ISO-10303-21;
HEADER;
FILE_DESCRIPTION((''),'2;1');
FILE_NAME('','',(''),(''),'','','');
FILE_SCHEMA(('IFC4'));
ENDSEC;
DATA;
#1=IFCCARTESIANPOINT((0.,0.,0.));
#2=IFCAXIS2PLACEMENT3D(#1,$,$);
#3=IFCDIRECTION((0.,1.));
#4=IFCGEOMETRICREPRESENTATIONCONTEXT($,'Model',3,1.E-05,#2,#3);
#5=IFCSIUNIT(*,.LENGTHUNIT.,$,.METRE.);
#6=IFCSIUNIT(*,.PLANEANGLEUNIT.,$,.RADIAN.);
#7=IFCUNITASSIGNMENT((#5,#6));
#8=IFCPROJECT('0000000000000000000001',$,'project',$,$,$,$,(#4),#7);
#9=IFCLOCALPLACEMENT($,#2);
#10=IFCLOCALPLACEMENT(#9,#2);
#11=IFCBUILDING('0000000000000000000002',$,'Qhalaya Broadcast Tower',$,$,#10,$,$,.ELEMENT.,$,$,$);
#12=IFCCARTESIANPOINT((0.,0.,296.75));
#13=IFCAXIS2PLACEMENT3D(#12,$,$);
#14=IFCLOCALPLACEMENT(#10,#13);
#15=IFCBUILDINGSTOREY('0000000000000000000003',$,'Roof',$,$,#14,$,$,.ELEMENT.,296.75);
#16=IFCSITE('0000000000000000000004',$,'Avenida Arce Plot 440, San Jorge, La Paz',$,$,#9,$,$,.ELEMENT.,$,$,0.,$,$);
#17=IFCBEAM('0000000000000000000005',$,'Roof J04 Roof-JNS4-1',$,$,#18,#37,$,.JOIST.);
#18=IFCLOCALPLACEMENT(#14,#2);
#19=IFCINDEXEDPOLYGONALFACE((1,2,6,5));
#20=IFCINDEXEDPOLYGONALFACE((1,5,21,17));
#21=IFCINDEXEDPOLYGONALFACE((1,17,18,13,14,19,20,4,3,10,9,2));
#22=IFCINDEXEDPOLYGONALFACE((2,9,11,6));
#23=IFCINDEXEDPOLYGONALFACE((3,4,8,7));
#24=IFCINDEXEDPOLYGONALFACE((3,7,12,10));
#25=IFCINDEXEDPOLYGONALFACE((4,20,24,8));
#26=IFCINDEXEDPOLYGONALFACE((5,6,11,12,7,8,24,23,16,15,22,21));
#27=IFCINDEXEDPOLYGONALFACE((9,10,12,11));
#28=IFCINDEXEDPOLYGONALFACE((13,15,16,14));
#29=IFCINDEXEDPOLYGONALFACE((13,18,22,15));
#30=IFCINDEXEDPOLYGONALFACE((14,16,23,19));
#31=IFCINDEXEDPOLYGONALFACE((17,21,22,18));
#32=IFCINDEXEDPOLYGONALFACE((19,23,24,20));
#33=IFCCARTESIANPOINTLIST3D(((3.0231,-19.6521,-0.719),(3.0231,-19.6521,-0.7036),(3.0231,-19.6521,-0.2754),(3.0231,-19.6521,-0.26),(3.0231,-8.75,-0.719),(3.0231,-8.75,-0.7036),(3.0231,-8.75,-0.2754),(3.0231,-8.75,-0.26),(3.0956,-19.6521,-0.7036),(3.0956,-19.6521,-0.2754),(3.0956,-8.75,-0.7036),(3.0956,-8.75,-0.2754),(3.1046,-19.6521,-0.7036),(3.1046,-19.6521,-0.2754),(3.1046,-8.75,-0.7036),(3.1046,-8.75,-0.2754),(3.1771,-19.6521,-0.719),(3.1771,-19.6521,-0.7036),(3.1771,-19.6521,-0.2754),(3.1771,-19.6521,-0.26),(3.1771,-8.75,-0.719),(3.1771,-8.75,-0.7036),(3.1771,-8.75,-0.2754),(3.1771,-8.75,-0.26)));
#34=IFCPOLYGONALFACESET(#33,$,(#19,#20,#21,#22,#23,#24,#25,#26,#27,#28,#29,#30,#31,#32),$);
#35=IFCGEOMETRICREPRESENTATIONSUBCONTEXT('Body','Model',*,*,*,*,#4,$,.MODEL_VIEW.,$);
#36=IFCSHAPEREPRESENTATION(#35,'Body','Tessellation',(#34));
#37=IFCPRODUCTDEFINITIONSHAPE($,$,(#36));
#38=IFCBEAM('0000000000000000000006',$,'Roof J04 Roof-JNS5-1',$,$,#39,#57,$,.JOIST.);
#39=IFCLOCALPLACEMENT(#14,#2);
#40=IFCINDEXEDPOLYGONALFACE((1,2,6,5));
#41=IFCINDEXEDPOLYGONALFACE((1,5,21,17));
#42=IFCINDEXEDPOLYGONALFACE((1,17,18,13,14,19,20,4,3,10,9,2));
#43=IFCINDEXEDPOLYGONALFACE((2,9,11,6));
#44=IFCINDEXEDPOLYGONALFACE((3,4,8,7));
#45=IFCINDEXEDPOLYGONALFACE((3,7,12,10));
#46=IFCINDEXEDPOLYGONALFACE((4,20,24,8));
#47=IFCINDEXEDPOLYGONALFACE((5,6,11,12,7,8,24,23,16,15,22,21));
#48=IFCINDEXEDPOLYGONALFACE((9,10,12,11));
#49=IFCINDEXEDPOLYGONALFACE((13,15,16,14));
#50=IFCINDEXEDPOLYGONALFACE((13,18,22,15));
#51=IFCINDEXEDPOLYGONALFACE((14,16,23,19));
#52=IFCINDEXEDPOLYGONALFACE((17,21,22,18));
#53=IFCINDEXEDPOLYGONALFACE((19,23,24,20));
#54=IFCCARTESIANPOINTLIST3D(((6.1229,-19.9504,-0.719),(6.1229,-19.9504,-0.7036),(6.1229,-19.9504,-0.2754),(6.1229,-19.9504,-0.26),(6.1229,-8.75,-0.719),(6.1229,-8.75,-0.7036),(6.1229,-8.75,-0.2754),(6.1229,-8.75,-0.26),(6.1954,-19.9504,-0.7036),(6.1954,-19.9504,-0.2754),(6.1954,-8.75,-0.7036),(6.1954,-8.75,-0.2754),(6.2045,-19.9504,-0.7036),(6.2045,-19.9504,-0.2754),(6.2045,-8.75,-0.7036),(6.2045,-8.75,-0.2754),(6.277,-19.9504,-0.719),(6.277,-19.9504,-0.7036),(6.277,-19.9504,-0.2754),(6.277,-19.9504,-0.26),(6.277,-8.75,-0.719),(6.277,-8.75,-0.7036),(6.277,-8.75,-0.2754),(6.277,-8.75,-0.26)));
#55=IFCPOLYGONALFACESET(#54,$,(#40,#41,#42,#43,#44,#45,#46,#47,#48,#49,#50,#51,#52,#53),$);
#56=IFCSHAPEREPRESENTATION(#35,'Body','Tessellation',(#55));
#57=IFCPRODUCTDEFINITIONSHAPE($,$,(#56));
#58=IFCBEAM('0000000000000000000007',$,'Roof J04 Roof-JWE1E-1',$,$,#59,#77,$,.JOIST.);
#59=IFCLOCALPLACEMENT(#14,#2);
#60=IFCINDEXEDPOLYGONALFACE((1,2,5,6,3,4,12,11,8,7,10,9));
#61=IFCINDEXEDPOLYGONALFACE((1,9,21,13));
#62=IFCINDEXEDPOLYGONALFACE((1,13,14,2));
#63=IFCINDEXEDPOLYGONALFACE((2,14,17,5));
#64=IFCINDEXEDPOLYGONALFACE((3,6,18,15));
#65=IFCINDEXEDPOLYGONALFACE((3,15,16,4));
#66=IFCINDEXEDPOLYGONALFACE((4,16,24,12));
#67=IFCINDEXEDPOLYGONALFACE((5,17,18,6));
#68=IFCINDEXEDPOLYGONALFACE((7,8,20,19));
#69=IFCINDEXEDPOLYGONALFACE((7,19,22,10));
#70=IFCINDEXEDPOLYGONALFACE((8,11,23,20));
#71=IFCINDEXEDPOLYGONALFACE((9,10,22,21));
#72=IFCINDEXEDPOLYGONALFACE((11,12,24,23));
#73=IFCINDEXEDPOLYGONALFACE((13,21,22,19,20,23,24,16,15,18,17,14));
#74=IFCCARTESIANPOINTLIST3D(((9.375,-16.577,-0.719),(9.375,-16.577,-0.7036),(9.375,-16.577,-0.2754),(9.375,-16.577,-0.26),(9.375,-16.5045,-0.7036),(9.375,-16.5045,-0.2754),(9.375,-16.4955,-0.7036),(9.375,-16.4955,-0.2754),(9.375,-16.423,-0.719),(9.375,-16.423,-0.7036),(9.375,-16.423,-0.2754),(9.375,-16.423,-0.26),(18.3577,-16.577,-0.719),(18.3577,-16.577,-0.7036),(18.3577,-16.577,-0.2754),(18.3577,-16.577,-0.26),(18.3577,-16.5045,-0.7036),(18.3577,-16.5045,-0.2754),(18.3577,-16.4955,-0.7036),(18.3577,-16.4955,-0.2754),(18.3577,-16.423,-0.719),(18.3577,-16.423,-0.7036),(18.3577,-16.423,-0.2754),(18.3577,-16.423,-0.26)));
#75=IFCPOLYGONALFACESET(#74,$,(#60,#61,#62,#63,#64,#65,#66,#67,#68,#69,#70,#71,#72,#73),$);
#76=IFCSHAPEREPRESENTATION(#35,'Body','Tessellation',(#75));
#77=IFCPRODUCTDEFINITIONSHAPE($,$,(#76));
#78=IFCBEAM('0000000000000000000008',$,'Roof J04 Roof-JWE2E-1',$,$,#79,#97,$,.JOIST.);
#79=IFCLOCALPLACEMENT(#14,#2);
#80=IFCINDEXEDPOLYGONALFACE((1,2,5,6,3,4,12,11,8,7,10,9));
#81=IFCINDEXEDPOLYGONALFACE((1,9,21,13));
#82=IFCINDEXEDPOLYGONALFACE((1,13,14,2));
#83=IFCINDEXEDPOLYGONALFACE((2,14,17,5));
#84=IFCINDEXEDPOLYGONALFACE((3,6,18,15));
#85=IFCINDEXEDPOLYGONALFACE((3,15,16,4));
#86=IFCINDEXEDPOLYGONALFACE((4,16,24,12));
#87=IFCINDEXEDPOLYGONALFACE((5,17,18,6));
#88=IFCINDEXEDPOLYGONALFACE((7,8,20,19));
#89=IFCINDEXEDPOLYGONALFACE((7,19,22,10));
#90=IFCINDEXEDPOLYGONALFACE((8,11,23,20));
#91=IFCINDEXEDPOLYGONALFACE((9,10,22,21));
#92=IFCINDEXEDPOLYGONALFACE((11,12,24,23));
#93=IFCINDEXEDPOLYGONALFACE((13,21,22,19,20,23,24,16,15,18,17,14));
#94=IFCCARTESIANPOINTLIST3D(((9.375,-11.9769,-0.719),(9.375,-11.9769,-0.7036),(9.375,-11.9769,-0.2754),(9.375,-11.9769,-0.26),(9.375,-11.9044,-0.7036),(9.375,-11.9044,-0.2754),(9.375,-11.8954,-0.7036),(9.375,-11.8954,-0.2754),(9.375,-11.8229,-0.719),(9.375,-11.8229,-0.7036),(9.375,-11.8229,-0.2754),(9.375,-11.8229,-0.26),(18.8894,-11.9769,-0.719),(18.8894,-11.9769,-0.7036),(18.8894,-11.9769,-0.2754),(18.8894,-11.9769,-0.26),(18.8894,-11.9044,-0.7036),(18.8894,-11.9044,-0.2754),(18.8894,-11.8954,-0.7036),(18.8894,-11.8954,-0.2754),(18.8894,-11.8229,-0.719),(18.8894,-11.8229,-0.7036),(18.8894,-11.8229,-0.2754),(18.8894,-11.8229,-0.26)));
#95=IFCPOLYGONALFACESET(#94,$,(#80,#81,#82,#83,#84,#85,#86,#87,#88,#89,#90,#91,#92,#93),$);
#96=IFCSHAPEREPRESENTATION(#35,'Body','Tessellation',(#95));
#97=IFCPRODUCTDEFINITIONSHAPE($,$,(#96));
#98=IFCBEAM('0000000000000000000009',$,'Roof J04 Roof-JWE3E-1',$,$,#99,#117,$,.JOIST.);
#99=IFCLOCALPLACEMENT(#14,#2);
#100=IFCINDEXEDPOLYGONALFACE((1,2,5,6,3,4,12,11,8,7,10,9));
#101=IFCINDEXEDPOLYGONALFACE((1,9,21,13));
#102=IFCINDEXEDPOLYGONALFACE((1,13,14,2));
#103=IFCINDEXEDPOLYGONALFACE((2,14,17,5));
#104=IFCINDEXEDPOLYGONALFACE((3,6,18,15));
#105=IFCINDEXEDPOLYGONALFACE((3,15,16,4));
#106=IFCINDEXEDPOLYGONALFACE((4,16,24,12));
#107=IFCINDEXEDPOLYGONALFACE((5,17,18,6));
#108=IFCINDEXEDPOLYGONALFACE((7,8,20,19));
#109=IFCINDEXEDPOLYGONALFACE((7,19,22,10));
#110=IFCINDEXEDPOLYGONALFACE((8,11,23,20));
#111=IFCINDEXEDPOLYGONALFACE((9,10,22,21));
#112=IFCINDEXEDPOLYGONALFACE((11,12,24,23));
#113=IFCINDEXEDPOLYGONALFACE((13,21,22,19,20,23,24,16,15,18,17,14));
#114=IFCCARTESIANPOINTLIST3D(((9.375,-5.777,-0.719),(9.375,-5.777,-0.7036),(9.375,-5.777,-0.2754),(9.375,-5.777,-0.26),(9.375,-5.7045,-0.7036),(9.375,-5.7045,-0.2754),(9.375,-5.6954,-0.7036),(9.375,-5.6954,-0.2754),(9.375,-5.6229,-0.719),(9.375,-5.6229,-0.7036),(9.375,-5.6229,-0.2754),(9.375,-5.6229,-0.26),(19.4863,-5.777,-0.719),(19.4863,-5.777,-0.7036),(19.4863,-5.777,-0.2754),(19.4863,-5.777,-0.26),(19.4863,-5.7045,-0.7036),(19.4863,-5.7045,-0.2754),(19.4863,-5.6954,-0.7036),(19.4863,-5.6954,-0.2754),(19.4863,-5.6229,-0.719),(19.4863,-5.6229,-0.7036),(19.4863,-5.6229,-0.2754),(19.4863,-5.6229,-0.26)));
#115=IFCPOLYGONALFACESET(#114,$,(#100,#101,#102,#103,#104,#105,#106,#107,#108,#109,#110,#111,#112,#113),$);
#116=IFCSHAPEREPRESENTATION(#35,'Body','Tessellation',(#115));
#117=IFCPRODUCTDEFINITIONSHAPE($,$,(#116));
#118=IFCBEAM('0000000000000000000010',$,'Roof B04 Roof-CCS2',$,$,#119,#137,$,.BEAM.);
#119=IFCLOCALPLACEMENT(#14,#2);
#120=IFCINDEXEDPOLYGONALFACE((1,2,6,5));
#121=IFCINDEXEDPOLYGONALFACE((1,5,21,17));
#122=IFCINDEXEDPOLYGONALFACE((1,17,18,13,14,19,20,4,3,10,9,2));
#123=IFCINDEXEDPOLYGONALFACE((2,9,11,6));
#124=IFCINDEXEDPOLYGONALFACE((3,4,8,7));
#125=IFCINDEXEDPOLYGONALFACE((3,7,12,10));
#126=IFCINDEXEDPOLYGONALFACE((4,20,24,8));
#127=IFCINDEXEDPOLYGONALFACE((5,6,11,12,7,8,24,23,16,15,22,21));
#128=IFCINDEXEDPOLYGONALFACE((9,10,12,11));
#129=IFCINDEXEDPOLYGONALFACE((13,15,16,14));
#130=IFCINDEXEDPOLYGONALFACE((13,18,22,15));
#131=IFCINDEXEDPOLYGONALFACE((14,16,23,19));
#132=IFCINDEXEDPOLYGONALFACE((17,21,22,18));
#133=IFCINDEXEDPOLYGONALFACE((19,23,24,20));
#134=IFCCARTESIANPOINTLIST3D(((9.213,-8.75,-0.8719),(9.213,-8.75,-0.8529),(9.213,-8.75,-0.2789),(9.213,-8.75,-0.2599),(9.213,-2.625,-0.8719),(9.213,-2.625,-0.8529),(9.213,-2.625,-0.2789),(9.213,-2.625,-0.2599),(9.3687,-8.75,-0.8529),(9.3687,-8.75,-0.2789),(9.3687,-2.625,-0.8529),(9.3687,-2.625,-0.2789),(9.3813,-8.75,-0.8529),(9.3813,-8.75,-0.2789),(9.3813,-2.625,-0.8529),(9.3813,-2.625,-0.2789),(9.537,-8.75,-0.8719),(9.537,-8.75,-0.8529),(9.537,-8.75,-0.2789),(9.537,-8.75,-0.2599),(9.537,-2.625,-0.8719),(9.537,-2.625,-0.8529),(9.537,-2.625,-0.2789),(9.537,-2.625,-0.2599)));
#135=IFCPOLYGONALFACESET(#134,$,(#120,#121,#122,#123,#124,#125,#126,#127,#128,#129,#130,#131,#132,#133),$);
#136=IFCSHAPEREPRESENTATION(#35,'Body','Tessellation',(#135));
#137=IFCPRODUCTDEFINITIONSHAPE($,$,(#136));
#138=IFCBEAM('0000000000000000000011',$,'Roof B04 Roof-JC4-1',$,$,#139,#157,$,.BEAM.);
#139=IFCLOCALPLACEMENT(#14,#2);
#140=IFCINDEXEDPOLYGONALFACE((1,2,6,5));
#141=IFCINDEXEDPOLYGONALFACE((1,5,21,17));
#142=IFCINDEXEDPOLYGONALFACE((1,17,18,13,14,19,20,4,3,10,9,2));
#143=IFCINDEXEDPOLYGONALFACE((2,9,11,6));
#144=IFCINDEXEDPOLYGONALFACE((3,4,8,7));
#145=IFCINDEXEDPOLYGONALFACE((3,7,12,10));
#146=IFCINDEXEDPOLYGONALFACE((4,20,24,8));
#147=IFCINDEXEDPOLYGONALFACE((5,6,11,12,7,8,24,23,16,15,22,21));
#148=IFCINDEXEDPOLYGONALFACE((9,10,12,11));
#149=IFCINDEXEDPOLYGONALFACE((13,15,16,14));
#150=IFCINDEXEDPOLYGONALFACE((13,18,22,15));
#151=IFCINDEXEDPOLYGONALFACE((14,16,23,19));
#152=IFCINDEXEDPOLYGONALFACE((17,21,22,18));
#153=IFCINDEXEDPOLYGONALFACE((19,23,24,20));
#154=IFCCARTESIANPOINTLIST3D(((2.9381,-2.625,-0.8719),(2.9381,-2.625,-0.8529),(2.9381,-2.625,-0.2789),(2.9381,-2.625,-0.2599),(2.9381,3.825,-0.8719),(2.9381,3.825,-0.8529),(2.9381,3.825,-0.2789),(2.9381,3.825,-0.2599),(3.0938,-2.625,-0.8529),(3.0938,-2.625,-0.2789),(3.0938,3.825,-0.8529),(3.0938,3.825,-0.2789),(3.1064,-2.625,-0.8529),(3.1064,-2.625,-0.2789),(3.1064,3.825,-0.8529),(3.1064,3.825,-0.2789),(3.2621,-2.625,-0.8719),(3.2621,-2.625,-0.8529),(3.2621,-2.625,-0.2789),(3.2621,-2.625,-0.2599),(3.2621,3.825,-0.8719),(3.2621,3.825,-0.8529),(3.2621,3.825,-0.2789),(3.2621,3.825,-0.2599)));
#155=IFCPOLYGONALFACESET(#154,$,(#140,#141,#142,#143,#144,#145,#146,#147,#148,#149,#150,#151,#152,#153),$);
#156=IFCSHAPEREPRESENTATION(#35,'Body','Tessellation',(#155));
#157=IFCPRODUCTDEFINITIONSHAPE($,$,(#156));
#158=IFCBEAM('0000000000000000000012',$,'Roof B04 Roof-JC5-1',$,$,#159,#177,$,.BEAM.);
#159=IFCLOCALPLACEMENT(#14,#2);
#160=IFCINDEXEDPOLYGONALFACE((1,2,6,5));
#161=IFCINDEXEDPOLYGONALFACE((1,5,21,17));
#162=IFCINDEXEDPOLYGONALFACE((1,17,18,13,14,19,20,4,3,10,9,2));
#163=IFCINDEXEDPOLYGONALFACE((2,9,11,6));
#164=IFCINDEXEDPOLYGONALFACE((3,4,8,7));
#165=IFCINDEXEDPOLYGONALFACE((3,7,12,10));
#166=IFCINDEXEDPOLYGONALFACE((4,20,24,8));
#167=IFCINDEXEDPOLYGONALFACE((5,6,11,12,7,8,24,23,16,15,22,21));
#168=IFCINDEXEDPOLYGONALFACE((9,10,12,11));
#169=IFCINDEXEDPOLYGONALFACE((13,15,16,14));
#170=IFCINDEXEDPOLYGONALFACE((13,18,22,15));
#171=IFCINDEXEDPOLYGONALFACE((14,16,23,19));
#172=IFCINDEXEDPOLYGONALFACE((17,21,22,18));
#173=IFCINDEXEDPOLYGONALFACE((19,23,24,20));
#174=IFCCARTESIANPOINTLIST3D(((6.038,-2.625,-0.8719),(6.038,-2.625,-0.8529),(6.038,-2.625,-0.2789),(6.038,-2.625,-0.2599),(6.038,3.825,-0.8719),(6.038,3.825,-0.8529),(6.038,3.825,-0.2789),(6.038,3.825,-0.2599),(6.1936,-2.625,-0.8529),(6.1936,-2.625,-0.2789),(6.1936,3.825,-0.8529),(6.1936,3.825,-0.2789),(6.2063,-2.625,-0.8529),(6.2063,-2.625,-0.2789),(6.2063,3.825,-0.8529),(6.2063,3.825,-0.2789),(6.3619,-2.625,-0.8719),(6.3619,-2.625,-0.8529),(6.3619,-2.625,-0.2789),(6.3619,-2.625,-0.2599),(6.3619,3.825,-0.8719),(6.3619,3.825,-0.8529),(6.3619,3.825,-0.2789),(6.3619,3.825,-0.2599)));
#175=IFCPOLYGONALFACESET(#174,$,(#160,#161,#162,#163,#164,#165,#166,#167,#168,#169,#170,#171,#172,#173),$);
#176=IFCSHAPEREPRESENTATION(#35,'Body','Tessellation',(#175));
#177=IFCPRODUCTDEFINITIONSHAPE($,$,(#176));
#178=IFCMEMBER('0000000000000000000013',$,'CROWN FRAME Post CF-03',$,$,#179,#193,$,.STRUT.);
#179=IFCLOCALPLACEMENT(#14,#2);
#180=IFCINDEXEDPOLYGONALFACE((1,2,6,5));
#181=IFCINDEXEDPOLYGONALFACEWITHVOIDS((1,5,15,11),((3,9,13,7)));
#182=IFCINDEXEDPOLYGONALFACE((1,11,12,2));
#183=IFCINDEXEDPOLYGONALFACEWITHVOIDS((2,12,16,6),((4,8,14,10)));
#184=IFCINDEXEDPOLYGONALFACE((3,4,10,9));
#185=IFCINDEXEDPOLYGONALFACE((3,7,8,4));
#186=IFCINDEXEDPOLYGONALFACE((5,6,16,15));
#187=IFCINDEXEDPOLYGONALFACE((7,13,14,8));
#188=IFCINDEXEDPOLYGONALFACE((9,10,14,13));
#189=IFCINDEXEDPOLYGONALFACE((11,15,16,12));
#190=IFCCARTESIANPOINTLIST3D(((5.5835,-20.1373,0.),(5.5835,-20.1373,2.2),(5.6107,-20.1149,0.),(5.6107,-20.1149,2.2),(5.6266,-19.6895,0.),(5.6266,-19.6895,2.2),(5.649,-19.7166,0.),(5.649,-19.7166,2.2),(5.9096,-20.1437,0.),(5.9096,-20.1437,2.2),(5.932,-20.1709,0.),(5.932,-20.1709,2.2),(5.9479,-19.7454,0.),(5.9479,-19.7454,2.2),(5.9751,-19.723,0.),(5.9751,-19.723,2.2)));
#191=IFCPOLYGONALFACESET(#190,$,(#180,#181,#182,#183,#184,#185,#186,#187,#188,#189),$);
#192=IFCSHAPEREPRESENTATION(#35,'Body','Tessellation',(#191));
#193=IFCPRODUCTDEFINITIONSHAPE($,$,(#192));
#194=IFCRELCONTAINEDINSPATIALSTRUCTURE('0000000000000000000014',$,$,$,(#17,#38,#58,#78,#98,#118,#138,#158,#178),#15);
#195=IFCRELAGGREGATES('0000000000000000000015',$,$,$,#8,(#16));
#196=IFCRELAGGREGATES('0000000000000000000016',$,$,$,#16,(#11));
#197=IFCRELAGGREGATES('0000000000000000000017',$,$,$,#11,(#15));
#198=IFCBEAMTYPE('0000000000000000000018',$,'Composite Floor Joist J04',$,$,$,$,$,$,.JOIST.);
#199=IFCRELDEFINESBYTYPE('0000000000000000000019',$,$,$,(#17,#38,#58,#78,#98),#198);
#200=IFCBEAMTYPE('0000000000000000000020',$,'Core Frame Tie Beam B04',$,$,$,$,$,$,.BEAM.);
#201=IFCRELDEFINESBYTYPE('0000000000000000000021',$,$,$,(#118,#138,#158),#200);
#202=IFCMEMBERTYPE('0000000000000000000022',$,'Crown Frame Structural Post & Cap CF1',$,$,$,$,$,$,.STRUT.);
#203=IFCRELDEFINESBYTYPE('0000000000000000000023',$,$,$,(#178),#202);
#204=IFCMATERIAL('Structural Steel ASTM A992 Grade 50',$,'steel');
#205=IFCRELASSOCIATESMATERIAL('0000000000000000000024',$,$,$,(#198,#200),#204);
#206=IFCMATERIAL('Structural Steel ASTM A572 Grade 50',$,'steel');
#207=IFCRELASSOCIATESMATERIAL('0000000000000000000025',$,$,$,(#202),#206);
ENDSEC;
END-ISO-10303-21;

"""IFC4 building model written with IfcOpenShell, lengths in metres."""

from ifc_helpers import new_model, si_unit, direction, frame, origin, origin_2d, place, context, subcontext, project, spatial, hollow_rectangle, i_section, extrude, material, material_profile, profile_set, type_object, element, save


model = new_model("IFC4")

# Units and contexts
model_context = context("Model", 3, precision=1e-05, world=origin(), true_north=direction((0.0, 1.0)))
body_context = subcontext(model_context, "Body", "Model", "MODEL_VIEW")
ifc_project = project(units=[si_unit("LENGTHUNIT", "METRE"), si_unit("PLANEANGLEUNIT", "RADIAN")], contexts=[model_context])

# Site, building, storey
site_placement = place(None, origin())
site = spatial("IfcSite", under=ifc_project, at=site_placement, Name="Avenida Arce Plot 440, San Jorge, La Paz", CompositionType="ELEMENT", RefElevation=0.0)
building_placement = place(site_placement, origin())
building = spatial("IfcBuilding", under=site, at=building_placement, Name="Qhalaya Broadcast Tower", CompositionType="ELEMENT")
storey_placement = place(building_placement, frame((0.0, 0.0, 296.75)))
storey = spatial("IfcBuildingStorey", under=building, at=storey_placement, Name="Roof", CompositionType="ELEMENT", Elevation=296.75)

# Beams
ifc_material_1 = material(Name="Structural Steel ASTM A992 Grade 50", Category="steel")
ifc_material_profile_1 = material_profile(ifc_material_1, i_section(OverallWidth=0.1541, OverallDepth=0.459, WebThickness=0.009, FlangeThickness=0.0154, at=origin_2d()), Name="W18X46")
ifc_profile_set_1 = profile_set([ifc_material_profile_1], Name="Structural Steel ASTM A992 Grade 50")
beam_type_1 = type_object("IfcBeamType", Name="Composite Floor Joist J04", PredefinedType="JOIST", material=ifc_profile_set_1)
beam_1_placement = place(storey_placement, frame((3.1001, -19.6521, -0.4895), z_axis=(0.0, 1.0, 0.0), x_axis=(-1.0, 0.0, 0.0)))
element("IfcBeam", 1, at=beam_1_placement, inside=storey, type_object=beam_type_1, Name="Roof J04 Roof-JNS4-1", PredefinedType="JOIST", context=body_context, shape_type="SweptSolid", body=[
    extrude(i_section(OverallWidth=0.1541, OverallDepth=0.459, WebThickness=0.009, FlangeThickness=0.0154, at=origin_2d()), origin(), (0.0, 0.0, 1.0), 10.9021),
])
beam_2_placement = place(storey_placement, frame((6.2, -19.9504, -0.4895), z_axis=(0.0, 1.0, 0.0), x_axis=(-1.0, 0.0, 0.0)))
element("IfcBeam", 2, at=beam_2_placement, inside=storey, type_object=beam_type_1, Name="Roof J04 Roof-JNS5-1", PredefinedType="JOIST", context=body_context, shape_type="SweptSolid", body=[
    extrude(i_section(OverallWidth=0.1541, OverallDepth=0.459, WebThickness=0.009, FlangeThickness=0.0154, at=origin_2d()), origin(), (0.0, 0.0, 1.0), 11.2004),
])
beam_3_placement = place(storey_placement, frame((9.375, -16.5, -0.4895), z_axis=(1.0, 0.0, 0.0), x_axis=(0.0, 1.0, 0.0)))
element("IfcBeam", 3, at=beam_3_placement, inside=storey, type_object=beam_type_1, Name="Roof J04 Roof-JWE1E-1", PredefinedType="JOIST", context=body_context, shape_type="SweptSolid", body=[
    extrude(i_section(OverallWidth=0.1541, OverallDepth=0.459, WebThickness=0.009, FlangeThickness=0.0154, at=origin_2d()), origin(), (0.0, 0.0, 1.0), 8.9827),
])
beam_4_placement = place(storey_placement, frame((9.375, -11.8999, -0.4895), z_axis=(1.0, 0.0, 0.0), x_axis=(0.0, 1.0, 0.0)))
element("IfcBeam", 4, at=beam_4_placement, inside=storey, type_object=beam_type_1, Name="Roof J04 Roof-JWE2E-1", PredefinedType="JOIST", context=body_context, shape_type="SweptSolid", body=[
    extrude(i_section(OverallWidth=0.1541, OverallDepth=0.459, WebThickness=0.009, FlangeThickness=0.0154, at=origin_2d()), origin(), (0.0, 0.0, 1.0), 9.5144),
])
beam_5_placement = place(storey_placement, frame((9.375, -5.7, -0.4895), z_axis=(1.0, 0.0, 0.0), x_axis=(0.0, 1.0, 0.0)))
element("IfcBeam", 5, at=beam_5_placement, inside=storey, type_object=beam_type_1, Name="Roof J04 Roof-JWE3E-1", PredefinedType="JOIST", context=body_context, shape_type="SweptSolid", body=[
    extrude(i_section(OverallWidth=0.1541, OverallDepth=0.459, WebThickness=0.009, FlangeThickness=0.0154, at=origin_2d()), origin(), (0.0, 0.0, 1.0), 10.1113),
])
ifc_material_profile_2 = material_profile(ifc_material_1, i_section(OverallWidth=0.324, OverallDepth=0.6121, WebThickness=0.0127, FlangeThickness=0.019, at=origin_2d()), Name="W24X104")
ifc_profile_set_2 = profile_set([ifc_material_profile_2], Name="Structural Steel ASTM A992 Grade 50")
beam_type_2 = type_object("IfcBeamType", Name="Core Frame Tie Beam B04", PredefinedType="BEAM", material=ifc_profile_set_2)
beam_6_placement = place(storey_placement, frame((9.375, -8.75, -0.5659), z_axis=(0.0, 1.0, 0.0), x_axis=(-1.0, 0.0, 0.0)))
element("IfcBeam", 6, at=beam_6_placement, inside=storey, type_object=beam_type_2, Name="Roof B04 Roof-CCS2", PredefinedType="BEAM", context=body_context, shape_type="SweptSolid", body=[
    extrude(i_section(OverallWidth=0.324, OverallDepth=0.6121, WebThickness=0.0127, FlangeThickness=0.019, at=origin_2d()), origin(), (0.0, 0.0, 1.0), 6.125),
])
for number, where, z_axis, x_axis, name in (
    (7, (3.1001, -2.625, -0.5659), (0.0, 1.0, 0.0), (-1.0, 0.0, 0.0), "Roof B04 Roof-JC4-1"),
    (8, (6.2, -2.625, -0.5659), (0.0, 1.0, 0.0), (-1.0, 0.0, 0.0), "Roof B04 Roof-JC5-1"),
):
    element("IfcBeam", number, at=place(storey_placement, frame(where, z_axis=z_axis, x_axis=x_axis)), inside=storey, type_object=beam_type_2, Name=name, PredefinedType="BEAM", context=body_context, shape_type="SweptSolid", body=[
        extrude(i_section(OverallWidth=0.324, OverallDepth=0.6121, WebThickness=0.0127, FlangeThickness=0.019, at=origin_2d()), origin(), (0.0, 0.0, 1.0), 6.45),
    ])

# Member
ifc_material_2 = material(Name="Structural Steel ASTM A572 Grade 50", Category="steel")
ifc_material_profile_3 = material_profile(ifc_material_2, hollow_rectangle(XDim=0.3501, YDim=0.45, WallThickness=0.0249, at=origin_2d()), Name="BOX 350x450x25")
ifc_profile_set_3 = profile_set([ifc_material_profile_3], Name="Structural Steel ASTM A572 Grade 50")
member_type = type_object("IfcMemberType", Name="Crown Frame Structural Post & Cap CF1", PredefinedType="STRUT", material=ifc_profile_set_3)
member_1_placement = place(storey_placement, frame((5.7793, -19.9302, 0.0), z_axis=(0.0, 0.0, 1.0), x_axis=(0.995396, -0.095846, 0.0)))
element("IfcMember", 9, at=member_1_placement, inside=storey, type_object=member_type, Name="CROWN FRAME Post CF-03", PredefinedType="STRUT", context=body_context, shape_type="SweptSolid", body=[
    extrude(hollow_rectangle(XDim=0.3501, YDim=0.45, WallThickness=0.0249, at=origin_2d()), origin(), (0.0, 0.0, 1.0), 2.2),
])

save(model, "model.ifc")
